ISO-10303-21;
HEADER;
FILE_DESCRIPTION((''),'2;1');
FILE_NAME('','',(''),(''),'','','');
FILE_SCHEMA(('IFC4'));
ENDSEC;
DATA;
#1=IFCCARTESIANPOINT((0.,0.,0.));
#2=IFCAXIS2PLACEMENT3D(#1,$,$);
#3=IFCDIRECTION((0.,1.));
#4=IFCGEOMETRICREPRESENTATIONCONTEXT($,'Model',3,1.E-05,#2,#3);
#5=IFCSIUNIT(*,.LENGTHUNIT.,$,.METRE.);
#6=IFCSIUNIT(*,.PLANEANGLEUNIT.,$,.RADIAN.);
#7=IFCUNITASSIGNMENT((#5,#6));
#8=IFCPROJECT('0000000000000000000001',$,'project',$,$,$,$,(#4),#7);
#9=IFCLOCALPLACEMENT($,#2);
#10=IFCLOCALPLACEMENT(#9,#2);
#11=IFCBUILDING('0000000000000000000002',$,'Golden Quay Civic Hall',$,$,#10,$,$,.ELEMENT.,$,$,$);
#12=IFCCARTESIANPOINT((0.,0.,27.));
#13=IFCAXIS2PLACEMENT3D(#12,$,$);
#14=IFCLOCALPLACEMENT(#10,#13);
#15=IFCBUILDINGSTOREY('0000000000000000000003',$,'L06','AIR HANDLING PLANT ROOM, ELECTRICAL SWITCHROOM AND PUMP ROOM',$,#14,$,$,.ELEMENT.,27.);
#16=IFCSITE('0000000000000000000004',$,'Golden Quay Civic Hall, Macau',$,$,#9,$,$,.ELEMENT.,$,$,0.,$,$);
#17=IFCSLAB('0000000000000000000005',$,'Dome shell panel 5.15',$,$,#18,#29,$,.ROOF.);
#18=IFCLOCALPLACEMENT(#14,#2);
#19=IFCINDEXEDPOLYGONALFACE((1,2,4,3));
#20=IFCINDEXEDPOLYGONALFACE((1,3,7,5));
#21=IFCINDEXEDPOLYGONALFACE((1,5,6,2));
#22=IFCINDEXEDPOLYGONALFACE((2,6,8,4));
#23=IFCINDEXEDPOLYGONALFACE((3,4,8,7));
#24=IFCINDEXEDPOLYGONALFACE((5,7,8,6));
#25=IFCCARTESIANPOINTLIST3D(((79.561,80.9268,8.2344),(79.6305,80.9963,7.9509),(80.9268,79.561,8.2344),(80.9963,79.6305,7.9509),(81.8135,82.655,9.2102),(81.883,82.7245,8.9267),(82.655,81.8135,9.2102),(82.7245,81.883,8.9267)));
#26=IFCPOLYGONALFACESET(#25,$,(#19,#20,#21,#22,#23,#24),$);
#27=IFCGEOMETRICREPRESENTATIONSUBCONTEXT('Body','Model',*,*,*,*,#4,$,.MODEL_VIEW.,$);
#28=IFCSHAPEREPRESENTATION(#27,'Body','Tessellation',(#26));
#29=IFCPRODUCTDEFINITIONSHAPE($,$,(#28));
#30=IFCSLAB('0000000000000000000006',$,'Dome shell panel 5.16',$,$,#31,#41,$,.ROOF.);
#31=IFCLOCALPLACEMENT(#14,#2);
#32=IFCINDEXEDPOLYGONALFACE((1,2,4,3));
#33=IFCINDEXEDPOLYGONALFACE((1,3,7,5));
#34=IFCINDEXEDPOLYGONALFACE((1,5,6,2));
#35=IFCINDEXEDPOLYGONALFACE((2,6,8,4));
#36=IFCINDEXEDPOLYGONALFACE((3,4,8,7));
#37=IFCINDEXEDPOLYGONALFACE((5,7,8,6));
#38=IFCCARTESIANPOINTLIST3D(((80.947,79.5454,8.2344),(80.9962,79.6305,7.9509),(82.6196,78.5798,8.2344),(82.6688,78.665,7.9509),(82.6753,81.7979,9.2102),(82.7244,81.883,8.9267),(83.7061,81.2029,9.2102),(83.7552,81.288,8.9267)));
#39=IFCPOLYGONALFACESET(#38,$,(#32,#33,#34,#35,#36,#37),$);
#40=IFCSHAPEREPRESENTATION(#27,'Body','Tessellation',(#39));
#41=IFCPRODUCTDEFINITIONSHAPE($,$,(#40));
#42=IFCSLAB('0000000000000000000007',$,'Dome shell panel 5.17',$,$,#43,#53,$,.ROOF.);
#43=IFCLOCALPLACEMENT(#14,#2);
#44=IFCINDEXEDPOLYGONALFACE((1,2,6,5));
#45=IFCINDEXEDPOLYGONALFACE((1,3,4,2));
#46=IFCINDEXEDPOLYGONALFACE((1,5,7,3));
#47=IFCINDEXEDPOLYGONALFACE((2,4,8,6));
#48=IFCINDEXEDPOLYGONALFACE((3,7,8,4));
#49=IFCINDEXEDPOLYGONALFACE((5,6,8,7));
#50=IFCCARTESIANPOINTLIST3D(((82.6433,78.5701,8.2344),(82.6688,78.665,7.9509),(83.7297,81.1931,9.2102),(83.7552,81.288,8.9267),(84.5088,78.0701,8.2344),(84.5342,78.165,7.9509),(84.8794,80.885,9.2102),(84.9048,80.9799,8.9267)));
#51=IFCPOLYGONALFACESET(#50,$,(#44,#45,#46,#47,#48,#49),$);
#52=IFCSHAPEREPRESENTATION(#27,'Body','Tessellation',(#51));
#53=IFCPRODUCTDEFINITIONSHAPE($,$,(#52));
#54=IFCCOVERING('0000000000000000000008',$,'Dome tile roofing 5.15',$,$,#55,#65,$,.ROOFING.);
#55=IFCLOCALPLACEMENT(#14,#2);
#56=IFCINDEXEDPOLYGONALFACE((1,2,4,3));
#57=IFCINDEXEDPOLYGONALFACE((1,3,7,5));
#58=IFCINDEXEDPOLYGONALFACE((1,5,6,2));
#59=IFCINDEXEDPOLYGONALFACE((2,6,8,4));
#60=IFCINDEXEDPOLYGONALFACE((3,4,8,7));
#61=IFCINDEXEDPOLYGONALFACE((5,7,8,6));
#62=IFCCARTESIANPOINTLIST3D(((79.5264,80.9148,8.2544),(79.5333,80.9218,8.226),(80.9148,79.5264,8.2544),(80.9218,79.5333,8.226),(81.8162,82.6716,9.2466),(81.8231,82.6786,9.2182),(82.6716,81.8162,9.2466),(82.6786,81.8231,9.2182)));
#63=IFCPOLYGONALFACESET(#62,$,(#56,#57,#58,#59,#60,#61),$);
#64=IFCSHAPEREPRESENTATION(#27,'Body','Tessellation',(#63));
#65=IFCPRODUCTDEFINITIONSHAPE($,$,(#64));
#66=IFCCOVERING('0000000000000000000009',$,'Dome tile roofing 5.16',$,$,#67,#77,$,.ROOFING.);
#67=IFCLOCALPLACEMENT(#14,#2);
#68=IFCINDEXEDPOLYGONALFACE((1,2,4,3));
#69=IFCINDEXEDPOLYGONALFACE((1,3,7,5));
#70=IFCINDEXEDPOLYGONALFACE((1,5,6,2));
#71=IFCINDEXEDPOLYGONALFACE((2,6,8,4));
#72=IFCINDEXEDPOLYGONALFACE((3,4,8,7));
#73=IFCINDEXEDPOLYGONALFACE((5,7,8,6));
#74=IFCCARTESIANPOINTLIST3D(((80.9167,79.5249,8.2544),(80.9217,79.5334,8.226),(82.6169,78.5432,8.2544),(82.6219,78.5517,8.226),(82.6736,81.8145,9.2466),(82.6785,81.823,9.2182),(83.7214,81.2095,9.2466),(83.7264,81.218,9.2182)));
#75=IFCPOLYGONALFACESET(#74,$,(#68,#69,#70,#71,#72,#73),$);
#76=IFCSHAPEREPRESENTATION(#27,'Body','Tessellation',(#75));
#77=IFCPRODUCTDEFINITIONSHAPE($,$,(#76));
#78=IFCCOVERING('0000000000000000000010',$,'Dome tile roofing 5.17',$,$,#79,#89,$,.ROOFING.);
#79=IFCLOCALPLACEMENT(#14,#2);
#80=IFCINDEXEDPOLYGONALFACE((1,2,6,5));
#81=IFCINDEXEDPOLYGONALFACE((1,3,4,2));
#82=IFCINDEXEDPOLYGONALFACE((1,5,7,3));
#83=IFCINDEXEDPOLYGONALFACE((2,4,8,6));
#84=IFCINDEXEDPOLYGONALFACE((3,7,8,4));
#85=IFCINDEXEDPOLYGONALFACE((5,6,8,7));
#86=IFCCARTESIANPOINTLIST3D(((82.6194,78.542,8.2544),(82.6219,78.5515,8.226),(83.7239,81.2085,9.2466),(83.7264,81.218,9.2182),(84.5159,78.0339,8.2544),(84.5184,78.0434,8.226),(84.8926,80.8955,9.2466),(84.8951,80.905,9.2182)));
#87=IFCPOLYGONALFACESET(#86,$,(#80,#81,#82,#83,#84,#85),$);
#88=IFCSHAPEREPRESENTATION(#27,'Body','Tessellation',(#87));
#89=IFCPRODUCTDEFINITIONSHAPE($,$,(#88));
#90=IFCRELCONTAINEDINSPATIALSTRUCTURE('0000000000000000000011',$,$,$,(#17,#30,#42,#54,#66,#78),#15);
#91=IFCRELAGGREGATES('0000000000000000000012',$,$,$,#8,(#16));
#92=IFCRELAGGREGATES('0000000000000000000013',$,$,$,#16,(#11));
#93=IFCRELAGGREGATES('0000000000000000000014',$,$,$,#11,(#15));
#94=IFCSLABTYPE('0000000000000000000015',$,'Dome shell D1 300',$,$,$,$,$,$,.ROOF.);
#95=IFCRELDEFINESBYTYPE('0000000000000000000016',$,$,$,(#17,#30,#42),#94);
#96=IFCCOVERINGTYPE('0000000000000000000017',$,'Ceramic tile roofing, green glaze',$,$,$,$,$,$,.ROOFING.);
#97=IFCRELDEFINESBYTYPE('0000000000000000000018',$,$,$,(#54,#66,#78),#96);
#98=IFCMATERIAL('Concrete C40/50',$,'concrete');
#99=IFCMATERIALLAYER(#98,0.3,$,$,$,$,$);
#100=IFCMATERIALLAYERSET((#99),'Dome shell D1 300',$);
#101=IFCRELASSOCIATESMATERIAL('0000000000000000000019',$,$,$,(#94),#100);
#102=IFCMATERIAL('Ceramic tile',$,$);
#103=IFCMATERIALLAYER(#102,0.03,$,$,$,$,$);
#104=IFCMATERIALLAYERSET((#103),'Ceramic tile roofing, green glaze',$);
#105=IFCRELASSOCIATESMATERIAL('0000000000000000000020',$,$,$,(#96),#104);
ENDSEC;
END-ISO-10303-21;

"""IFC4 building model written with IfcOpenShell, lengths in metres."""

from ifc_helpers import new_model, si_unit, direction, frame, origin, place, context, subcontext, project, spatial, polyline, outline, extrude, material, layer, layer_set, type_object, element, save


model = new_model("IFC4")

# Units and contexts
model_context = context("Model", 3, precision=1e-05, world=origin(), true_north=direction((0.0, 1.0)))
body_context = subcontext(model_context, "Body", "Model", "MODEL_VIEW")
ifc_project = project(units=[si_unit("LENGTHUNIT", "METRE"), si_unit("PLANEANGLEUNIT", "RADIAN")], contexts=[model_context])

# Site, building, storey
site_placement = place(None, origin())
site = spatial("IfcSite", under=ifc_project, at=site_placement, Name="Golden Quay Civic Hall, Macau", CompositionType="ELEMENT", RefElevation=0.0)
building_placement = place(site_placement, origin())
building = spatial("IfcBuilding", under=site, at=building_placement, Name="Golden Quay Civic Hall", CompositionType="ELEMENT")
storey_placement = place(building_placement, frame((0.0, 0.0, 27.0)))
storey = spatial("IfcBuildingStorey", under=building, at=storey_placement, Name="L06", Description="AIR HANDLING PLANT ROOM, ELECTRICAL SWITCHROOM AND PUMP ROOM", CompositionType="ELEMENT", Elevation=27.0)

# Slabs
ifc_material_1 = material(Name="Concrete C40/50", Category="concrete")
ifc_layer_1 = layer(ifc_material_1, 0.3)
ifc_layer_set_1 = layer_set([ifc_layer_1], Name="Dome shell D1 300")
slab_type = type_object("IfcSlabType", Name="Dome shell D1 300", PredefinedType="ROOF", material=ifc_layer_set_1)
slab_1_placement = place(storey_placement, frame((79.561, 80.9268, 8.2344), z_axis=(-0.231616, -0.231616, 0.944832), x_axis=(0.707107, -0.707107, 0.0)))
element("IfcSlab", 1, at=slab_1_placement, inside=storey, type_object=slab_type, Name="Dome shell panel 5.15", PredefinedType="ROOF", context=body_context, shape_type="SweptSolid", body=[
    extrude(outline(polyline([(0.0, 0.0), (1.9314, 0.0), (1.5608, 2.9791), (0.3706, 2.9791), (0.0, 0.0)])), origin(), (0.0, 0.0, -1.0), 0.3),
])
slab_2_placement = place(storey_placement, frame((80.947, 79.5454, 8.2344), z_axis=(-0.163756, -0.283678, 0.944834), x_axis=(0.86605, -0.499958, -0.000006)))
element("IfcSlab", 2, at=slab_2_placement, inside=storey, type_object=slab_type, Name="Dome shell panel 5.16", PredefinedType="ROOF", context=body_context, shape_type="SweptSolid", body=[
    extrude(outline(polyline([(0.0, 0.0), (1.9313, 0.0), (1.5608, 2.9792), (0.3706, 2.9791), (0.0, 0.0)])), origin(), (0.0, 0.0, -1.0), 0.3),
])
slab_3_placement = place(storey_placement, frame((82.6433, 78.5701, 8.2344), z_axis=(-0.084794, -0.316377, 0.944836), x_axis=(0.965907, -0.258889, -0.000003)))
element("IfcSlab", 3, at=slab_3_placement, inside=storey, type_object=slab_type, Name="Dome shell panel 5.17", PredefinedType="ROOF", context=body_context, shape_type="SweptSolid", body=[
    extrude(outline(polyline([(0.0, 0.0), (1.9313, 0.0), (1.5605, 2.9793), (0.3703, 2.9792), (0.0, 0.0)])), origin(), (0.0, 0.0, -1.0), 0.3),
])

# Coverings
ifc_material_2 = material(Name="Ceramic tile")
ifc_layer_2 = layer(ifc_material_2, 0.03)
ifc_layer_set_2 = layer_set([ifc_layer_2], Name="Ceramic tile roofing, green glaze")
covering_type = type_object("IfcCoveringType", Name="Ceramic tile roofing, green glaze", PredefinedType="ROOFING", material=ifc_layer_set_2)
covering_1_placement = place(storey_placement, frame((79.5264, 80.9148, 8.2544), z_axis=(-0.231657, -0.231657, 0.944812), x_axis=(0.707107, -0.707107, 0.0)))
element("IfcCovering", 4, at=covering_1_placement, inside=storey, type_object=covering_type, Name="Dome tile roofing 5.15", PredefinedType="ROOFING", context=body_context, shape_type="SweptSolid", body=[
    extrude(outline(polyline([(0.0, 0.0), (1.9635, 0.0), (1.5867, 3.0285), (0.3769, 3.0285), (0.0, 0.0)])), origin(), (0.0, 0.0, -1.0), 0.03),
])
covering_2_placement = place(storey_placement, frame((80.9167, 79.5249, 8.2544), z_axis=(-0.16382, -0.283729, 0.944807), x_axis=(0.866008, -0.50003, -0.000004)))
element("IfcCovering", 5, at=covering_2_placement, inside=storey, type_object=covering_type, Name="Dome tile roofing 5.16", PredefinedType="ROOFING", context=body_context, shape_type="SweptSolid", body=[
    extrude(outline(polyline([(0.0, 0.0), (1.9633, 0.0), (1.5865, 3.0284), (0.3766, 3.0284), (0.0, 0.0)])), origin(), (0.0, 0.0, -1.0), 0.03),
])
covering_3_placement = place(storey_placement, frame((82.6194, 78.542, 8.2544), z_axis=(-0.084763, -0.316443, 0.944817), x_axis=(0.96594, -0.258766, -0.000009)))
element("IfcCovering", 6, at=covering_3_placement, inside=storey, type_object=covering_type, Name="Dome tile roofing 5.17", PredefinedType="ROOFING", context=body_context, shape_type="SweptSolid", body=[
    extrude(outline(polyline([(0.0, 0.0), (1.9634, 0.0), (1.5867, 3.0287), (0.3769, 3.0286), (0.0, 0.0)])), origin(), (0.0, 0.0, -1.0), 0.03),
])

save(model, "model.ifc")
